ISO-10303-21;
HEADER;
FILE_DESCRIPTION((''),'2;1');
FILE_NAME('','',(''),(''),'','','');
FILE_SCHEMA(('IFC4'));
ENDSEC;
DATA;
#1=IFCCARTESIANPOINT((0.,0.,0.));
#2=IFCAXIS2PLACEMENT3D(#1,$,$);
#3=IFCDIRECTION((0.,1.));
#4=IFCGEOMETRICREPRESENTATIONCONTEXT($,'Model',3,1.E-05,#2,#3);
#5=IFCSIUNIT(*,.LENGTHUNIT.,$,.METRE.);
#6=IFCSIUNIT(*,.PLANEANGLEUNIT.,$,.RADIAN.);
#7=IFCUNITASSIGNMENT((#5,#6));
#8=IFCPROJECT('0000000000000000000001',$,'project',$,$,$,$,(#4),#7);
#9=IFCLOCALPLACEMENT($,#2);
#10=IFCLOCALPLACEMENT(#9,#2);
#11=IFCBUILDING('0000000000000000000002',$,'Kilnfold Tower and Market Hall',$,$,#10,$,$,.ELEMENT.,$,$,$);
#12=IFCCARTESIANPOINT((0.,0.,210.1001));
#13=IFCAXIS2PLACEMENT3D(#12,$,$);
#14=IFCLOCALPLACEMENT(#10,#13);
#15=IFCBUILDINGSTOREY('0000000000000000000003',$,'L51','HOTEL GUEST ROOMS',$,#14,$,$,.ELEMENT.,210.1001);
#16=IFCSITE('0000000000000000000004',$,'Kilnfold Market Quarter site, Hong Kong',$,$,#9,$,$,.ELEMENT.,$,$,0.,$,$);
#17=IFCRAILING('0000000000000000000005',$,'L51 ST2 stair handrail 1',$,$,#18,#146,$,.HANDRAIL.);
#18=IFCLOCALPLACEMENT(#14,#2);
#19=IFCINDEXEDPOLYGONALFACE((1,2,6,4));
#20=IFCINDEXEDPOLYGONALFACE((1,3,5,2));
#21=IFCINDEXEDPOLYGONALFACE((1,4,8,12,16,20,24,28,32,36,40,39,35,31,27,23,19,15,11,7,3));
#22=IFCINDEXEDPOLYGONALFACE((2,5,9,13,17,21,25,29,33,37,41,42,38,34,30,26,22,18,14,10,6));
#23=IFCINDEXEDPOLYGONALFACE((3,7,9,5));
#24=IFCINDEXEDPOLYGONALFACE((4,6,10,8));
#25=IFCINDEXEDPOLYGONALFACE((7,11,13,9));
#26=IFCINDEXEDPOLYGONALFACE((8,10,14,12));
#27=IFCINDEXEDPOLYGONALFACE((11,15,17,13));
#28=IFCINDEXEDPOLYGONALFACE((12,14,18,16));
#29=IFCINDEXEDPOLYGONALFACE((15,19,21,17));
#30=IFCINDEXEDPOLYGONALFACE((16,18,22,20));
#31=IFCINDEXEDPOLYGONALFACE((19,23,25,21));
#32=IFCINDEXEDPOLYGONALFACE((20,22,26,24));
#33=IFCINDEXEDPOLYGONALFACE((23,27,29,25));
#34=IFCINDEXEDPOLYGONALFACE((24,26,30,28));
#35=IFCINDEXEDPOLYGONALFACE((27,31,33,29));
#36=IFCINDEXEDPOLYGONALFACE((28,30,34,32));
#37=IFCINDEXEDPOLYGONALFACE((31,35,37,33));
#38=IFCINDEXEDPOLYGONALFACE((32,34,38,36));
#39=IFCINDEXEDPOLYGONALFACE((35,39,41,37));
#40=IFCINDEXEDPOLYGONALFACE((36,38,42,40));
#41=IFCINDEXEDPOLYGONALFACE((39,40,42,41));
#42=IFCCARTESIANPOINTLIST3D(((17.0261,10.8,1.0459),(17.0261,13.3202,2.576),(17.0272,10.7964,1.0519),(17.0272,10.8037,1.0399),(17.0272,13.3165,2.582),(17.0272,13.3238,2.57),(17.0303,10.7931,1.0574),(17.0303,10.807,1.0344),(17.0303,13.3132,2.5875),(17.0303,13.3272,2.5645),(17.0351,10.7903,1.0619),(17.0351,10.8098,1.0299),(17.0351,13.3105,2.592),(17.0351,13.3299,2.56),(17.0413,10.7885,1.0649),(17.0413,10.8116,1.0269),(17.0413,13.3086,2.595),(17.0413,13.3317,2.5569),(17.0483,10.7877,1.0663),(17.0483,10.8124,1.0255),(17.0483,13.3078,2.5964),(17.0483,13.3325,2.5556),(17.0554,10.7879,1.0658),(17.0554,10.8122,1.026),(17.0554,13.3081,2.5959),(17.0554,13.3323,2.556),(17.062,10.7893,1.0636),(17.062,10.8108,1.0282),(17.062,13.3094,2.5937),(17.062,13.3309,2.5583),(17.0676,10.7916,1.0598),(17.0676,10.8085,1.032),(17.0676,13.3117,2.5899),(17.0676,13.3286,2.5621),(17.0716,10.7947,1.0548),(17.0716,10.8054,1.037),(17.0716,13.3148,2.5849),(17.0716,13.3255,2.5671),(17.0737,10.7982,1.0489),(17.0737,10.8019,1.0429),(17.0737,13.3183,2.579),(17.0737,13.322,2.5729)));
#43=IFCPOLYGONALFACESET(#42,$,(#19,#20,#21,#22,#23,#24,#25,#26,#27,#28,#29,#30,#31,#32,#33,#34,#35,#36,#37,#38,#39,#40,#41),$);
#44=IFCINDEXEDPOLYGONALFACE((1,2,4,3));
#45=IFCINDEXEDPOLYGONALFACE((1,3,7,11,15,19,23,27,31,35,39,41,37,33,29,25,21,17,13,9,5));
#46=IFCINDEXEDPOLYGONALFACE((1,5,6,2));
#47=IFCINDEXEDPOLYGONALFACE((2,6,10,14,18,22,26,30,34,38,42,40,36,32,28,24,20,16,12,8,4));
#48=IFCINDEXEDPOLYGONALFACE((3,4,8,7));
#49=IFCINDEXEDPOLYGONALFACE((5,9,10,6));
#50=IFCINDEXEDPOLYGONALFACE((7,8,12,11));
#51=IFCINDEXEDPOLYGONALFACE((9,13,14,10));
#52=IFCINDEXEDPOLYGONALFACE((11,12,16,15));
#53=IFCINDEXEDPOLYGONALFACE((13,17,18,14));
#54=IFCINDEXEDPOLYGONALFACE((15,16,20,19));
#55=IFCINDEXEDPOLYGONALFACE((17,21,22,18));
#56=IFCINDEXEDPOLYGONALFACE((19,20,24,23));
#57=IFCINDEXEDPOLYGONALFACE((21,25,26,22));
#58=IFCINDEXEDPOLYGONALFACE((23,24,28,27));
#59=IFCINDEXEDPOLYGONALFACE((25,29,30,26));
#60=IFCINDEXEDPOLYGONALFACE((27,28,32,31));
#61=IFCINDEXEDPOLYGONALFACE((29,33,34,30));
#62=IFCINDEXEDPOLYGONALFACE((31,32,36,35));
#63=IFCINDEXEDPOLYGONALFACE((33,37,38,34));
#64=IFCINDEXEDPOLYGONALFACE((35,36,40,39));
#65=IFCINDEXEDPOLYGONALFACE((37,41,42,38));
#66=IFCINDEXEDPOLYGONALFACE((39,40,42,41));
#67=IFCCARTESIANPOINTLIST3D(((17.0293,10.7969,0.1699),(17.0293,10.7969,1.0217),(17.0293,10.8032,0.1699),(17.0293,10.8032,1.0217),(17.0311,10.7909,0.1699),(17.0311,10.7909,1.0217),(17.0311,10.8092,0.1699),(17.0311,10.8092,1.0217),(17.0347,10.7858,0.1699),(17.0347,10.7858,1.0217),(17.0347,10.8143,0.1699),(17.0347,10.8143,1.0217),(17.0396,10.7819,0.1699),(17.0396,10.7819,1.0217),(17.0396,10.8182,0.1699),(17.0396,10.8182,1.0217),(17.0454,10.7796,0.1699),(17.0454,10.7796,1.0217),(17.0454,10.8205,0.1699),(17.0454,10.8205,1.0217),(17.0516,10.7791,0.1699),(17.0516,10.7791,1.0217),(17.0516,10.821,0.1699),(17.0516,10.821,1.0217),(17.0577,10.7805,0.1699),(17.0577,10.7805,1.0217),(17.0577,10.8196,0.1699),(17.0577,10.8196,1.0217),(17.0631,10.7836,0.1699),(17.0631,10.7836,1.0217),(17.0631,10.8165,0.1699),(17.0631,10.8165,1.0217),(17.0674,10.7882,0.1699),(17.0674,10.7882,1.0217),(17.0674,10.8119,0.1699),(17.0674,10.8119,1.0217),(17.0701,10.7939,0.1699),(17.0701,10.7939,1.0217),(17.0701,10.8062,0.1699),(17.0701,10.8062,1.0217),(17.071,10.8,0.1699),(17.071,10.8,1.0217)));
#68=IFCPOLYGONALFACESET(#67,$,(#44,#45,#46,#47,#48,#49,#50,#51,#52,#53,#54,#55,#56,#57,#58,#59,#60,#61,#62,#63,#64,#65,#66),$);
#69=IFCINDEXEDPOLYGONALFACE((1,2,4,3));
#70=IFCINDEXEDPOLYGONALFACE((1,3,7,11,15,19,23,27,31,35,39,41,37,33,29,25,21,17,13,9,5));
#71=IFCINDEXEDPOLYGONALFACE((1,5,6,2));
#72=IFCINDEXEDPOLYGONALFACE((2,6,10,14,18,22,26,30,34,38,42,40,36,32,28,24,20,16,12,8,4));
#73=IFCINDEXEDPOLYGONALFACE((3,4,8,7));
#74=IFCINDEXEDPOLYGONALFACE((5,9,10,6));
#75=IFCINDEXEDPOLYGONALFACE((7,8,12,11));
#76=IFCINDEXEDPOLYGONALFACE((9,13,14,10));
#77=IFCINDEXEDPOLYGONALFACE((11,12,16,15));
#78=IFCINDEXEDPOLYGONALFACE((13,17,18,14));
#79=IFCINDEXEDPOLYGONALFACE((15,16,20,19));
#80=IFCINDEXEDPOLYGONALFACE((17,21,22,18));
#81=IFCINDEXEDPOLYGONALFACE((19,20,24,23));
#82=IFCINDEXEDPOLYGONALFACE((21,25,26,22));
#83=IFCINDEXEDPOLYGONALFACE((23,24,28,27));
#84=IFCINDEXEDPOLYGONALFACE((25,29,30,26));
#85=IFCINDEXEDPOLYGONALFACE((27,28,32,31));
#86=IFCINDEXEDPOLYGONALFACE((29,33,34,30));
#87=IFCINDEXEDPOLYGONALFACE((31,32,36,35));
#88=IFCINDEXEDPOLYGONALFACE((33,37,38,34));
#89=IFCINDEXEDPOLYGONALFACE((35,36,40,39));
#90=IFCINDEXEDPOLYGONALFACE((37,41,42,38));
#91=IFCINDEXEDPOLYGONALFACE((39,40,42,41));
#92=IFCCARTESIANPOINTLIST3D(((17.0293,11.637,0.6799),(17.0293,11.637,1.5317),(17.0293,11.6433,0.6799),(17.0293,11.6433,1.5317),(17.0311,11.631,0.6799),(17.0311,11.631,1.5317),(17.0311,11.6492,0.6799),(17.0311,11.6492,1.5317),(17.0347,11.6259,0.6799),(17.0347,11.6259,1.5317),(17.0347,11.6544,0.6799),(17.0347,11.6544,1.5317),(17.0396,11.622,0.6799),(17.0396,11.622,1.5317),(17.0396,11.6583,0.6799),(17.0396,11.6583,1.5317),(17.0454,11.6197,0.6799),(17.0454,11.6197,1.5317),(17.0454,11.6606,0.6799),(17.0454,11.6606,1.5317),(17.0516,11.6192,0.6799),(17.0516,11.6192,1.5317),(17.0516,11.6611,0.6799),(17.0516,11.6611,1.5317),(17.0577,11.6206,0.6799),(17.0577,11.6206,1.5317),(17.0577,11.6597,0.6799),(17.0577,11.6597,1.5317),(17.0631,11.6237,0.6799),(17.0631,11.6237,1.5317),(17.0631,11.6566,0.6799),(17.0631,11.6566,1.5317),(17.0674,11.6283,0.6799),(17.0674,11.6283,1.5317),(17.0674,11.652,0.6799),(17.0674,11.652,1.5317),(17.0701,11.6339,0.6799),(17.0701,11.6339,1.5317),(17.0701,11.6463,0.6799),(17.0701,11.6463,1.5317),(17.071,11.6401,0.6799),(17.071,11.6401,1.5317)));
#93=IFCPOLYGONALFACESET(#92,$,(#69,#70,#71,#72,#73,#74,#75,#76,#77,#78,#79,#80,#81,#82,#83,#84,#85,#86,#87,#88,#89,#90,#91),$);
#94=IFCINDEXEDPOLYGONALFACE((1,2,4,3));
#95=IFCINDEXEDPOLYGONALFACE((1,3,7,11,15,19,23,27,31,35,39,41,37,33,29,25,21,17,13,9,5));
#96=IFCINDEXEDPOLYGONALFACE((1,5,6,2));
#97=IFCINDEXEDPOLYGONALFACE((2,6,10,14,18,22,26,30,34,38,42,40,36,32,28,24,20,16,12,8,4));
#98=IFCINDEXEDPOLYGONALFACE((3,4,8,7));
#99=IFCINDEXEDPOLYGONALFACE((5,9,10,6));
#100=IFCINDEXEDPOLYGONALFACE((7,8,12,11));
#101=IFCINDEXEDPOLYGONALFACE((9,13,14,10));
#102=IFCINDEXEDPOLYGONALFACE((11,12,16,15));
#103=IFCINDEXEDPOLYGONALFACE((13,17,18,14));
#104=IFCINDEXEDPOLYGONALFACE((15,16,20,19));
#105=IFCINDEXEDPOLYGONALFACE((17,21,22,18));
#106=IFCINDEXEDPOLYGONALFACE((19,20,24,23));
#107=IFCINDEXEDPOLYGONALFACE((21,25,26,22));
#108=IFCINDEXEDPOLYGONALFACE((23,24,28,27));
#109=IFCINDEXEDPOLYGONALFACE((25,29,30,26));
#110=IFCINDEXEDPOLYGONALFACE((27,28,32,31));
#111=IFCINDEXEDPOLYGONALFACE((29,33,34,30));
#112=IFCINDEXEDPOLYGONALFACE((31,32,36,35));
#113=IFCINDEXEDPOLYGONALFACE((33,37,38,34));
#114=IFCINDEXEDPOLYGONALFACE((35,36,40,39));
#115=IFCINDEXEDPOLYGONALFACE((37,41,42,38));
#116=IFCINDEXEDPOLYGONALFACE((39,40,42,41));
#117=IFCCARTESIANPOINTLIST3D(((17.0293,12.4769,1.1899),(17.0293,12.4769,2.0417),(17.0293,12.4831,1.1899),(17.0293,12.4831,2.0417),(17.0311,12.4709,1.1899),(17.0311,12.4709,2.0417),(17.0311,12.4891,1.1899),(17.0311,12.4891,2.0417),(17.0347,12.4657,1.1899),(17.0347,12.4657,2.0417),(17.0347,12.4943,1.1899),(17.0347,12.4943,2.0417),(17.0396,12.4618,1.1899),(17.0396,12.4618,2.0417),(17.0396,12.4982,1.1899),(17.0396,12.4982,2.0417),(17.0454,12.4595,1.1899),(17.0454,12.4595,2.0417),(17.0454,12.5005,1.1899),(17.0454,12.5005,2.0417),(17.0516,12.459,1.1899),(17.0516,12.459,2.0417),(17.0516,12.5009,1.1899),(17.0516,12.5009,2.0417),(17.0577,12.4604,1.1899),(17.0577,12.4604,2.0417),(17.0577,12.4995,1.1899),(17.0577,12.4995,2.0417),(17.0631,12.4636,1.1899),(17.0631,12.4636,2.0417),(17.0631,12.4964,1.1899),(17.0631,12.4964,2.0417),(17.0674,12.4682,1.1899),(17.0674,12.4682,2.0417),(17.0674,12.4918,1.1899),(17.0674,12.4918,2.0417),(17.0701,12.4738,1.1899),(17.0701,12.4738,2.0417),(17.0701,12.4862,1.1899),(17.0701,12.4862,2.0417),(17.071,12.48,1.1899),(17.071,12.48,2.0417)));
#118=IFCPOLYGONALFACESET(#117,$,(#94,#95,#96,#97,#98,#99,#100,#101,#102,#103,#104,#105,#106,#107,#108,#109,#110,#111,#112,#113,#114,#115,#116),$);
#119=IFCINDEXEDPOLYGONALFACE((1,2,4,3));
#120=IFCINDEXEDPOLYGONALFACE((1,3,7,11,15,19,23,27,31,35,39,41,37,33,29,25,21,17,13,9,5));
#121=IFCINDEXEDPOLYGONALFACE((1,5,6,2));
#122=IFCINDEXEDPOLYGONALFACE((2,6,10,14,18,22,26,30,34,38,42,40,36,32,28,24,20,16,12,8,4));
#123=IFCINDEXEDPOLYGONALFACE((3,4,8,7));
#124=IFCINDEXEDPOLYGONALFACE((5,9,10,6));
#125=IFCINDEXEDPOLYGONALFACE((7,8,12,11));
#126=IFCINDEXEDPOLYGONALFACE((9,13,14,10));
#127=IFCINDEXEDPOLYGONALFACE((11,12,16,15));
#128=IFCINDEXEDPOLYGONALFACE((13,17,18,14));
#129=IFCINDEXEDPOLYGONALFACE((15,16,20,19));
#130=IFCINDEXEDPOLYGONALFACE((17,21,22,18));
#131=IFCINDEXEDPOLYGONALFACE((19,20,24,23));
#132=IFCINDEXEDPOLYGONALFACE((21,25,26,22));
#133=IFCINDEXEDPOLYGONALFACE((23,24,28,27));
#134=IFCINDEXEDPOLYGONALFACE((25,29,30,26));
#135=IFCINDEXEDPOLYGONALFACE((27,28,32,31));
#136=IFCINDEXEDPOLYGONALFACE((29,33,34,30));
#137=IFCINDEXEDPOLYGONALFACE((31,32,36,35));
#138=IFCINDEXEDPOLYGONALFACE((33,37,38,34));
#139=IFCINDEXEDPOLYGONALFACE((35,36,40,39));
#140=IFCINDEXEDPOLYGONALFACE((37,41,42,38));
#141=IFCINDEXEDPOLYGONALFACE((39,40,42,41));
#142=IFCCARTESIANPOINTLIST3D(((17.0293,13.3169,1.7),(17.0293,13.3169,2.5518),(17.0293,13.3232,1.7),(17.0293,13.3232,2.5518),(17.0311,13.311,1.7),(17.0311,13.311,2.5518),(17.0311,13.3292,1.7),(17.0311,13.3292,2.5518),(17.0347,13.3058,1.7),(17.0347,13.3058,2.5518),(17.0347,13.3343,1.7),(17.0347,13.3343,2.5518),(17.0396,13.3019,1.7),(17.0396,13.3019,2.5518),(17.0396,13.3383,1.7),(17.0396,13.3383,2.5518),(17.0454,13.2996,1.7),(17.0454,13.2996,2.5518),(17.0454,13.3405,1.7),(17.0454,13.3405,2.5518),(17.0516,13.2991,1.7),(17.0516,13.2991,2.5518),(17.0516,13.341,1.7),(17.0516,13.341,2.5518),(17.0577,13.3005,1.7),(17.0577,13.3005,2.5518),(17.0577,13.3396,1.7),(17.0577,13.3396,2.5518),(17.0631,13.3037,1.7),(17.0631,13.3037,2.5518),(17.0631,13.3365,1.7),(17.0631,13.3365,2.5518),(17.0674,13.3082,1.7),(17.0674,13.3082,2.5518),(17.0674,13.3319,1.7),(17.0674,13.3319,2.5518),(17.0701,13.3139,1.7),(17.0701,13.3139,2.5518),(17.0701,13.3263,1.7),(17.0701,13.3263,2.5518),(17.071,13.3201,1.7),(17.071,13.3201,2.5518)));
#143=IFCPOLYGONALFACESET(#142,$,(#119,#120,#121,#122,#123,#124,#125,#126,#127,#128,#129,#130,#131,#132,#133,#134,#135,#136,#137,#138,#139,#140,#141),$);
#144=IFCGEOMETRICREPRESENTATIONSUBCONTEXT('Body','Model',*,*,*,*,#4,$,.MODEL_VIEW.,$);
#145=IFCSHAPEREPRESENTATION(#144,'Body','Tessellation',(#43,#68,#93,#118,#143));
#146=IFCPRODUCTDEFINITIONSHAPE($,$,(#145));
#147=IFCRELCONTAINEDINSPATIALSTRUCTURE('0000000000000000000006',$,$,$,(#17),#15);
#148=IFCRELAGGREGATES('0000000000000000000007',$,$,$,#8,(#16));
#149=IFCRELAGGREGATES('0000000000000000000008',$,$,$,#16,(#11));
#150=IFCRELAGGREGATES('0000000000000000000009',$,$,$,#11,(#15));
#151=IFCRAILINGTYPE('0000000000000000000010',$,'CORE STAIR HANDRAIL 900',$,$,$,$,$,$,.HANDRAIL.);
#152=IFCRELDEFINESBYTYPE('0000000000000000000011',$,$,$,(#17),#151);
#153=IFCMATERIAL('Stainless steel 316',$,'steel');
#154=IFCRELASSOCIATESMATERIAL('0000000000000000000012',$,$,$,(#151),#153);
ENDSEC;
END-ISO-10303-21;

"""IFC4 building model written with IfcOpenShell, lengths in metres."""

from ifc_helpers import new_model, si_unit, direction, frame, origin, origin_2d, place, context, subcontext, project, spatial, circle, extrude, material, type_object, element, save


model = new_model("IFC4")

# Units and contexts
model_context = context("Model", 3, precision=1e-05, world=origin(), true_north=direction((0.0, 1.0)))
body_context = subcontext(model_context, "Body", "Model", "MODEL_VIEW")
ifc_project = project(units=[si_unit("LENGTHUNIT", "METRE"), si_unit("PLANEANGLEUNIT", "RADIAN")], contexts=[model_context])

# Site, building, storey
site_placement = place(None, origin())
site = spatial("IfcSite", under=ifc_project, at=site_placement, Name="Kilnfold Market Quarter site, Hong Kong", CompositionType="ELEMENT", RefElevation=0.0)
building_placement = place(site_placement, origin())
building = spatial("IfcBuilding", under=site, at=building_placement, Name="Kilnfold Tower and Market Hall", CompositionType="ELEMENT")
storey_placement = place(building_placement, frame((0.0, 0.0, 210.1001)))
storey = spatial("IfcBuildingStorey", under=building, at=storey_placement, Name="L51", Description="HOTEL GUEST ROOMS", CompositionType="ELEMENT", Elevation=210.1001)

# Railing
ifc_material_1 = material(Name="Stainless steel 316", Category="steel")
railing_type_1 = type_object("IfcRailingType", Name="CORE STAIR HANDRAIL 900", PredefinedType="HANDRAIL", material=ifc_material_1)
railing_1_placement = place(storey_placement, frame((17.05, 10.8, 0.1699)))
element("IfcRailing", 1, at=railing_1_placement, inside=storey, type_object=railing_type_1, Name="L51 ST2 stair handrail 1", PredefinedType="HANDRAIL", context=body_context, shape_type="SweptSolid", body=[
    extrude(circle(Radius=0.0239, at=origin_2d()), frame((0.0, 0.0, 0.876), z_axis=(0.0, 0.854785, 0.518982), x_axis=(-1.0, 0.0, 0.0)), (0.0, 0.0, 1.0), 2.9482),
    extrude(circle(Radius=0.021, at=origin_2d()), origin(), (0.0, 0.0, 1.0), 0.8518),
    extrude(circle(Radius=0.021, at=origin_2d()), frame((0.0, 0.8401, 0.51)), (0.0, 0.0, 1.0), 0.8518),
    extrude(circle(Radius=0.021, at=origin_2d()), frame((0.0, 1.6799, 1.02)), (0.0, 0.0, 1.0), 0.8518),
    extrude(circle(Radius=0.021, at=origin_2d()), frame((0.0, 2.52, 1.53)), (0.0, 0.0, 1.0), 0.8518),
])

save(model, "model.ifc")
